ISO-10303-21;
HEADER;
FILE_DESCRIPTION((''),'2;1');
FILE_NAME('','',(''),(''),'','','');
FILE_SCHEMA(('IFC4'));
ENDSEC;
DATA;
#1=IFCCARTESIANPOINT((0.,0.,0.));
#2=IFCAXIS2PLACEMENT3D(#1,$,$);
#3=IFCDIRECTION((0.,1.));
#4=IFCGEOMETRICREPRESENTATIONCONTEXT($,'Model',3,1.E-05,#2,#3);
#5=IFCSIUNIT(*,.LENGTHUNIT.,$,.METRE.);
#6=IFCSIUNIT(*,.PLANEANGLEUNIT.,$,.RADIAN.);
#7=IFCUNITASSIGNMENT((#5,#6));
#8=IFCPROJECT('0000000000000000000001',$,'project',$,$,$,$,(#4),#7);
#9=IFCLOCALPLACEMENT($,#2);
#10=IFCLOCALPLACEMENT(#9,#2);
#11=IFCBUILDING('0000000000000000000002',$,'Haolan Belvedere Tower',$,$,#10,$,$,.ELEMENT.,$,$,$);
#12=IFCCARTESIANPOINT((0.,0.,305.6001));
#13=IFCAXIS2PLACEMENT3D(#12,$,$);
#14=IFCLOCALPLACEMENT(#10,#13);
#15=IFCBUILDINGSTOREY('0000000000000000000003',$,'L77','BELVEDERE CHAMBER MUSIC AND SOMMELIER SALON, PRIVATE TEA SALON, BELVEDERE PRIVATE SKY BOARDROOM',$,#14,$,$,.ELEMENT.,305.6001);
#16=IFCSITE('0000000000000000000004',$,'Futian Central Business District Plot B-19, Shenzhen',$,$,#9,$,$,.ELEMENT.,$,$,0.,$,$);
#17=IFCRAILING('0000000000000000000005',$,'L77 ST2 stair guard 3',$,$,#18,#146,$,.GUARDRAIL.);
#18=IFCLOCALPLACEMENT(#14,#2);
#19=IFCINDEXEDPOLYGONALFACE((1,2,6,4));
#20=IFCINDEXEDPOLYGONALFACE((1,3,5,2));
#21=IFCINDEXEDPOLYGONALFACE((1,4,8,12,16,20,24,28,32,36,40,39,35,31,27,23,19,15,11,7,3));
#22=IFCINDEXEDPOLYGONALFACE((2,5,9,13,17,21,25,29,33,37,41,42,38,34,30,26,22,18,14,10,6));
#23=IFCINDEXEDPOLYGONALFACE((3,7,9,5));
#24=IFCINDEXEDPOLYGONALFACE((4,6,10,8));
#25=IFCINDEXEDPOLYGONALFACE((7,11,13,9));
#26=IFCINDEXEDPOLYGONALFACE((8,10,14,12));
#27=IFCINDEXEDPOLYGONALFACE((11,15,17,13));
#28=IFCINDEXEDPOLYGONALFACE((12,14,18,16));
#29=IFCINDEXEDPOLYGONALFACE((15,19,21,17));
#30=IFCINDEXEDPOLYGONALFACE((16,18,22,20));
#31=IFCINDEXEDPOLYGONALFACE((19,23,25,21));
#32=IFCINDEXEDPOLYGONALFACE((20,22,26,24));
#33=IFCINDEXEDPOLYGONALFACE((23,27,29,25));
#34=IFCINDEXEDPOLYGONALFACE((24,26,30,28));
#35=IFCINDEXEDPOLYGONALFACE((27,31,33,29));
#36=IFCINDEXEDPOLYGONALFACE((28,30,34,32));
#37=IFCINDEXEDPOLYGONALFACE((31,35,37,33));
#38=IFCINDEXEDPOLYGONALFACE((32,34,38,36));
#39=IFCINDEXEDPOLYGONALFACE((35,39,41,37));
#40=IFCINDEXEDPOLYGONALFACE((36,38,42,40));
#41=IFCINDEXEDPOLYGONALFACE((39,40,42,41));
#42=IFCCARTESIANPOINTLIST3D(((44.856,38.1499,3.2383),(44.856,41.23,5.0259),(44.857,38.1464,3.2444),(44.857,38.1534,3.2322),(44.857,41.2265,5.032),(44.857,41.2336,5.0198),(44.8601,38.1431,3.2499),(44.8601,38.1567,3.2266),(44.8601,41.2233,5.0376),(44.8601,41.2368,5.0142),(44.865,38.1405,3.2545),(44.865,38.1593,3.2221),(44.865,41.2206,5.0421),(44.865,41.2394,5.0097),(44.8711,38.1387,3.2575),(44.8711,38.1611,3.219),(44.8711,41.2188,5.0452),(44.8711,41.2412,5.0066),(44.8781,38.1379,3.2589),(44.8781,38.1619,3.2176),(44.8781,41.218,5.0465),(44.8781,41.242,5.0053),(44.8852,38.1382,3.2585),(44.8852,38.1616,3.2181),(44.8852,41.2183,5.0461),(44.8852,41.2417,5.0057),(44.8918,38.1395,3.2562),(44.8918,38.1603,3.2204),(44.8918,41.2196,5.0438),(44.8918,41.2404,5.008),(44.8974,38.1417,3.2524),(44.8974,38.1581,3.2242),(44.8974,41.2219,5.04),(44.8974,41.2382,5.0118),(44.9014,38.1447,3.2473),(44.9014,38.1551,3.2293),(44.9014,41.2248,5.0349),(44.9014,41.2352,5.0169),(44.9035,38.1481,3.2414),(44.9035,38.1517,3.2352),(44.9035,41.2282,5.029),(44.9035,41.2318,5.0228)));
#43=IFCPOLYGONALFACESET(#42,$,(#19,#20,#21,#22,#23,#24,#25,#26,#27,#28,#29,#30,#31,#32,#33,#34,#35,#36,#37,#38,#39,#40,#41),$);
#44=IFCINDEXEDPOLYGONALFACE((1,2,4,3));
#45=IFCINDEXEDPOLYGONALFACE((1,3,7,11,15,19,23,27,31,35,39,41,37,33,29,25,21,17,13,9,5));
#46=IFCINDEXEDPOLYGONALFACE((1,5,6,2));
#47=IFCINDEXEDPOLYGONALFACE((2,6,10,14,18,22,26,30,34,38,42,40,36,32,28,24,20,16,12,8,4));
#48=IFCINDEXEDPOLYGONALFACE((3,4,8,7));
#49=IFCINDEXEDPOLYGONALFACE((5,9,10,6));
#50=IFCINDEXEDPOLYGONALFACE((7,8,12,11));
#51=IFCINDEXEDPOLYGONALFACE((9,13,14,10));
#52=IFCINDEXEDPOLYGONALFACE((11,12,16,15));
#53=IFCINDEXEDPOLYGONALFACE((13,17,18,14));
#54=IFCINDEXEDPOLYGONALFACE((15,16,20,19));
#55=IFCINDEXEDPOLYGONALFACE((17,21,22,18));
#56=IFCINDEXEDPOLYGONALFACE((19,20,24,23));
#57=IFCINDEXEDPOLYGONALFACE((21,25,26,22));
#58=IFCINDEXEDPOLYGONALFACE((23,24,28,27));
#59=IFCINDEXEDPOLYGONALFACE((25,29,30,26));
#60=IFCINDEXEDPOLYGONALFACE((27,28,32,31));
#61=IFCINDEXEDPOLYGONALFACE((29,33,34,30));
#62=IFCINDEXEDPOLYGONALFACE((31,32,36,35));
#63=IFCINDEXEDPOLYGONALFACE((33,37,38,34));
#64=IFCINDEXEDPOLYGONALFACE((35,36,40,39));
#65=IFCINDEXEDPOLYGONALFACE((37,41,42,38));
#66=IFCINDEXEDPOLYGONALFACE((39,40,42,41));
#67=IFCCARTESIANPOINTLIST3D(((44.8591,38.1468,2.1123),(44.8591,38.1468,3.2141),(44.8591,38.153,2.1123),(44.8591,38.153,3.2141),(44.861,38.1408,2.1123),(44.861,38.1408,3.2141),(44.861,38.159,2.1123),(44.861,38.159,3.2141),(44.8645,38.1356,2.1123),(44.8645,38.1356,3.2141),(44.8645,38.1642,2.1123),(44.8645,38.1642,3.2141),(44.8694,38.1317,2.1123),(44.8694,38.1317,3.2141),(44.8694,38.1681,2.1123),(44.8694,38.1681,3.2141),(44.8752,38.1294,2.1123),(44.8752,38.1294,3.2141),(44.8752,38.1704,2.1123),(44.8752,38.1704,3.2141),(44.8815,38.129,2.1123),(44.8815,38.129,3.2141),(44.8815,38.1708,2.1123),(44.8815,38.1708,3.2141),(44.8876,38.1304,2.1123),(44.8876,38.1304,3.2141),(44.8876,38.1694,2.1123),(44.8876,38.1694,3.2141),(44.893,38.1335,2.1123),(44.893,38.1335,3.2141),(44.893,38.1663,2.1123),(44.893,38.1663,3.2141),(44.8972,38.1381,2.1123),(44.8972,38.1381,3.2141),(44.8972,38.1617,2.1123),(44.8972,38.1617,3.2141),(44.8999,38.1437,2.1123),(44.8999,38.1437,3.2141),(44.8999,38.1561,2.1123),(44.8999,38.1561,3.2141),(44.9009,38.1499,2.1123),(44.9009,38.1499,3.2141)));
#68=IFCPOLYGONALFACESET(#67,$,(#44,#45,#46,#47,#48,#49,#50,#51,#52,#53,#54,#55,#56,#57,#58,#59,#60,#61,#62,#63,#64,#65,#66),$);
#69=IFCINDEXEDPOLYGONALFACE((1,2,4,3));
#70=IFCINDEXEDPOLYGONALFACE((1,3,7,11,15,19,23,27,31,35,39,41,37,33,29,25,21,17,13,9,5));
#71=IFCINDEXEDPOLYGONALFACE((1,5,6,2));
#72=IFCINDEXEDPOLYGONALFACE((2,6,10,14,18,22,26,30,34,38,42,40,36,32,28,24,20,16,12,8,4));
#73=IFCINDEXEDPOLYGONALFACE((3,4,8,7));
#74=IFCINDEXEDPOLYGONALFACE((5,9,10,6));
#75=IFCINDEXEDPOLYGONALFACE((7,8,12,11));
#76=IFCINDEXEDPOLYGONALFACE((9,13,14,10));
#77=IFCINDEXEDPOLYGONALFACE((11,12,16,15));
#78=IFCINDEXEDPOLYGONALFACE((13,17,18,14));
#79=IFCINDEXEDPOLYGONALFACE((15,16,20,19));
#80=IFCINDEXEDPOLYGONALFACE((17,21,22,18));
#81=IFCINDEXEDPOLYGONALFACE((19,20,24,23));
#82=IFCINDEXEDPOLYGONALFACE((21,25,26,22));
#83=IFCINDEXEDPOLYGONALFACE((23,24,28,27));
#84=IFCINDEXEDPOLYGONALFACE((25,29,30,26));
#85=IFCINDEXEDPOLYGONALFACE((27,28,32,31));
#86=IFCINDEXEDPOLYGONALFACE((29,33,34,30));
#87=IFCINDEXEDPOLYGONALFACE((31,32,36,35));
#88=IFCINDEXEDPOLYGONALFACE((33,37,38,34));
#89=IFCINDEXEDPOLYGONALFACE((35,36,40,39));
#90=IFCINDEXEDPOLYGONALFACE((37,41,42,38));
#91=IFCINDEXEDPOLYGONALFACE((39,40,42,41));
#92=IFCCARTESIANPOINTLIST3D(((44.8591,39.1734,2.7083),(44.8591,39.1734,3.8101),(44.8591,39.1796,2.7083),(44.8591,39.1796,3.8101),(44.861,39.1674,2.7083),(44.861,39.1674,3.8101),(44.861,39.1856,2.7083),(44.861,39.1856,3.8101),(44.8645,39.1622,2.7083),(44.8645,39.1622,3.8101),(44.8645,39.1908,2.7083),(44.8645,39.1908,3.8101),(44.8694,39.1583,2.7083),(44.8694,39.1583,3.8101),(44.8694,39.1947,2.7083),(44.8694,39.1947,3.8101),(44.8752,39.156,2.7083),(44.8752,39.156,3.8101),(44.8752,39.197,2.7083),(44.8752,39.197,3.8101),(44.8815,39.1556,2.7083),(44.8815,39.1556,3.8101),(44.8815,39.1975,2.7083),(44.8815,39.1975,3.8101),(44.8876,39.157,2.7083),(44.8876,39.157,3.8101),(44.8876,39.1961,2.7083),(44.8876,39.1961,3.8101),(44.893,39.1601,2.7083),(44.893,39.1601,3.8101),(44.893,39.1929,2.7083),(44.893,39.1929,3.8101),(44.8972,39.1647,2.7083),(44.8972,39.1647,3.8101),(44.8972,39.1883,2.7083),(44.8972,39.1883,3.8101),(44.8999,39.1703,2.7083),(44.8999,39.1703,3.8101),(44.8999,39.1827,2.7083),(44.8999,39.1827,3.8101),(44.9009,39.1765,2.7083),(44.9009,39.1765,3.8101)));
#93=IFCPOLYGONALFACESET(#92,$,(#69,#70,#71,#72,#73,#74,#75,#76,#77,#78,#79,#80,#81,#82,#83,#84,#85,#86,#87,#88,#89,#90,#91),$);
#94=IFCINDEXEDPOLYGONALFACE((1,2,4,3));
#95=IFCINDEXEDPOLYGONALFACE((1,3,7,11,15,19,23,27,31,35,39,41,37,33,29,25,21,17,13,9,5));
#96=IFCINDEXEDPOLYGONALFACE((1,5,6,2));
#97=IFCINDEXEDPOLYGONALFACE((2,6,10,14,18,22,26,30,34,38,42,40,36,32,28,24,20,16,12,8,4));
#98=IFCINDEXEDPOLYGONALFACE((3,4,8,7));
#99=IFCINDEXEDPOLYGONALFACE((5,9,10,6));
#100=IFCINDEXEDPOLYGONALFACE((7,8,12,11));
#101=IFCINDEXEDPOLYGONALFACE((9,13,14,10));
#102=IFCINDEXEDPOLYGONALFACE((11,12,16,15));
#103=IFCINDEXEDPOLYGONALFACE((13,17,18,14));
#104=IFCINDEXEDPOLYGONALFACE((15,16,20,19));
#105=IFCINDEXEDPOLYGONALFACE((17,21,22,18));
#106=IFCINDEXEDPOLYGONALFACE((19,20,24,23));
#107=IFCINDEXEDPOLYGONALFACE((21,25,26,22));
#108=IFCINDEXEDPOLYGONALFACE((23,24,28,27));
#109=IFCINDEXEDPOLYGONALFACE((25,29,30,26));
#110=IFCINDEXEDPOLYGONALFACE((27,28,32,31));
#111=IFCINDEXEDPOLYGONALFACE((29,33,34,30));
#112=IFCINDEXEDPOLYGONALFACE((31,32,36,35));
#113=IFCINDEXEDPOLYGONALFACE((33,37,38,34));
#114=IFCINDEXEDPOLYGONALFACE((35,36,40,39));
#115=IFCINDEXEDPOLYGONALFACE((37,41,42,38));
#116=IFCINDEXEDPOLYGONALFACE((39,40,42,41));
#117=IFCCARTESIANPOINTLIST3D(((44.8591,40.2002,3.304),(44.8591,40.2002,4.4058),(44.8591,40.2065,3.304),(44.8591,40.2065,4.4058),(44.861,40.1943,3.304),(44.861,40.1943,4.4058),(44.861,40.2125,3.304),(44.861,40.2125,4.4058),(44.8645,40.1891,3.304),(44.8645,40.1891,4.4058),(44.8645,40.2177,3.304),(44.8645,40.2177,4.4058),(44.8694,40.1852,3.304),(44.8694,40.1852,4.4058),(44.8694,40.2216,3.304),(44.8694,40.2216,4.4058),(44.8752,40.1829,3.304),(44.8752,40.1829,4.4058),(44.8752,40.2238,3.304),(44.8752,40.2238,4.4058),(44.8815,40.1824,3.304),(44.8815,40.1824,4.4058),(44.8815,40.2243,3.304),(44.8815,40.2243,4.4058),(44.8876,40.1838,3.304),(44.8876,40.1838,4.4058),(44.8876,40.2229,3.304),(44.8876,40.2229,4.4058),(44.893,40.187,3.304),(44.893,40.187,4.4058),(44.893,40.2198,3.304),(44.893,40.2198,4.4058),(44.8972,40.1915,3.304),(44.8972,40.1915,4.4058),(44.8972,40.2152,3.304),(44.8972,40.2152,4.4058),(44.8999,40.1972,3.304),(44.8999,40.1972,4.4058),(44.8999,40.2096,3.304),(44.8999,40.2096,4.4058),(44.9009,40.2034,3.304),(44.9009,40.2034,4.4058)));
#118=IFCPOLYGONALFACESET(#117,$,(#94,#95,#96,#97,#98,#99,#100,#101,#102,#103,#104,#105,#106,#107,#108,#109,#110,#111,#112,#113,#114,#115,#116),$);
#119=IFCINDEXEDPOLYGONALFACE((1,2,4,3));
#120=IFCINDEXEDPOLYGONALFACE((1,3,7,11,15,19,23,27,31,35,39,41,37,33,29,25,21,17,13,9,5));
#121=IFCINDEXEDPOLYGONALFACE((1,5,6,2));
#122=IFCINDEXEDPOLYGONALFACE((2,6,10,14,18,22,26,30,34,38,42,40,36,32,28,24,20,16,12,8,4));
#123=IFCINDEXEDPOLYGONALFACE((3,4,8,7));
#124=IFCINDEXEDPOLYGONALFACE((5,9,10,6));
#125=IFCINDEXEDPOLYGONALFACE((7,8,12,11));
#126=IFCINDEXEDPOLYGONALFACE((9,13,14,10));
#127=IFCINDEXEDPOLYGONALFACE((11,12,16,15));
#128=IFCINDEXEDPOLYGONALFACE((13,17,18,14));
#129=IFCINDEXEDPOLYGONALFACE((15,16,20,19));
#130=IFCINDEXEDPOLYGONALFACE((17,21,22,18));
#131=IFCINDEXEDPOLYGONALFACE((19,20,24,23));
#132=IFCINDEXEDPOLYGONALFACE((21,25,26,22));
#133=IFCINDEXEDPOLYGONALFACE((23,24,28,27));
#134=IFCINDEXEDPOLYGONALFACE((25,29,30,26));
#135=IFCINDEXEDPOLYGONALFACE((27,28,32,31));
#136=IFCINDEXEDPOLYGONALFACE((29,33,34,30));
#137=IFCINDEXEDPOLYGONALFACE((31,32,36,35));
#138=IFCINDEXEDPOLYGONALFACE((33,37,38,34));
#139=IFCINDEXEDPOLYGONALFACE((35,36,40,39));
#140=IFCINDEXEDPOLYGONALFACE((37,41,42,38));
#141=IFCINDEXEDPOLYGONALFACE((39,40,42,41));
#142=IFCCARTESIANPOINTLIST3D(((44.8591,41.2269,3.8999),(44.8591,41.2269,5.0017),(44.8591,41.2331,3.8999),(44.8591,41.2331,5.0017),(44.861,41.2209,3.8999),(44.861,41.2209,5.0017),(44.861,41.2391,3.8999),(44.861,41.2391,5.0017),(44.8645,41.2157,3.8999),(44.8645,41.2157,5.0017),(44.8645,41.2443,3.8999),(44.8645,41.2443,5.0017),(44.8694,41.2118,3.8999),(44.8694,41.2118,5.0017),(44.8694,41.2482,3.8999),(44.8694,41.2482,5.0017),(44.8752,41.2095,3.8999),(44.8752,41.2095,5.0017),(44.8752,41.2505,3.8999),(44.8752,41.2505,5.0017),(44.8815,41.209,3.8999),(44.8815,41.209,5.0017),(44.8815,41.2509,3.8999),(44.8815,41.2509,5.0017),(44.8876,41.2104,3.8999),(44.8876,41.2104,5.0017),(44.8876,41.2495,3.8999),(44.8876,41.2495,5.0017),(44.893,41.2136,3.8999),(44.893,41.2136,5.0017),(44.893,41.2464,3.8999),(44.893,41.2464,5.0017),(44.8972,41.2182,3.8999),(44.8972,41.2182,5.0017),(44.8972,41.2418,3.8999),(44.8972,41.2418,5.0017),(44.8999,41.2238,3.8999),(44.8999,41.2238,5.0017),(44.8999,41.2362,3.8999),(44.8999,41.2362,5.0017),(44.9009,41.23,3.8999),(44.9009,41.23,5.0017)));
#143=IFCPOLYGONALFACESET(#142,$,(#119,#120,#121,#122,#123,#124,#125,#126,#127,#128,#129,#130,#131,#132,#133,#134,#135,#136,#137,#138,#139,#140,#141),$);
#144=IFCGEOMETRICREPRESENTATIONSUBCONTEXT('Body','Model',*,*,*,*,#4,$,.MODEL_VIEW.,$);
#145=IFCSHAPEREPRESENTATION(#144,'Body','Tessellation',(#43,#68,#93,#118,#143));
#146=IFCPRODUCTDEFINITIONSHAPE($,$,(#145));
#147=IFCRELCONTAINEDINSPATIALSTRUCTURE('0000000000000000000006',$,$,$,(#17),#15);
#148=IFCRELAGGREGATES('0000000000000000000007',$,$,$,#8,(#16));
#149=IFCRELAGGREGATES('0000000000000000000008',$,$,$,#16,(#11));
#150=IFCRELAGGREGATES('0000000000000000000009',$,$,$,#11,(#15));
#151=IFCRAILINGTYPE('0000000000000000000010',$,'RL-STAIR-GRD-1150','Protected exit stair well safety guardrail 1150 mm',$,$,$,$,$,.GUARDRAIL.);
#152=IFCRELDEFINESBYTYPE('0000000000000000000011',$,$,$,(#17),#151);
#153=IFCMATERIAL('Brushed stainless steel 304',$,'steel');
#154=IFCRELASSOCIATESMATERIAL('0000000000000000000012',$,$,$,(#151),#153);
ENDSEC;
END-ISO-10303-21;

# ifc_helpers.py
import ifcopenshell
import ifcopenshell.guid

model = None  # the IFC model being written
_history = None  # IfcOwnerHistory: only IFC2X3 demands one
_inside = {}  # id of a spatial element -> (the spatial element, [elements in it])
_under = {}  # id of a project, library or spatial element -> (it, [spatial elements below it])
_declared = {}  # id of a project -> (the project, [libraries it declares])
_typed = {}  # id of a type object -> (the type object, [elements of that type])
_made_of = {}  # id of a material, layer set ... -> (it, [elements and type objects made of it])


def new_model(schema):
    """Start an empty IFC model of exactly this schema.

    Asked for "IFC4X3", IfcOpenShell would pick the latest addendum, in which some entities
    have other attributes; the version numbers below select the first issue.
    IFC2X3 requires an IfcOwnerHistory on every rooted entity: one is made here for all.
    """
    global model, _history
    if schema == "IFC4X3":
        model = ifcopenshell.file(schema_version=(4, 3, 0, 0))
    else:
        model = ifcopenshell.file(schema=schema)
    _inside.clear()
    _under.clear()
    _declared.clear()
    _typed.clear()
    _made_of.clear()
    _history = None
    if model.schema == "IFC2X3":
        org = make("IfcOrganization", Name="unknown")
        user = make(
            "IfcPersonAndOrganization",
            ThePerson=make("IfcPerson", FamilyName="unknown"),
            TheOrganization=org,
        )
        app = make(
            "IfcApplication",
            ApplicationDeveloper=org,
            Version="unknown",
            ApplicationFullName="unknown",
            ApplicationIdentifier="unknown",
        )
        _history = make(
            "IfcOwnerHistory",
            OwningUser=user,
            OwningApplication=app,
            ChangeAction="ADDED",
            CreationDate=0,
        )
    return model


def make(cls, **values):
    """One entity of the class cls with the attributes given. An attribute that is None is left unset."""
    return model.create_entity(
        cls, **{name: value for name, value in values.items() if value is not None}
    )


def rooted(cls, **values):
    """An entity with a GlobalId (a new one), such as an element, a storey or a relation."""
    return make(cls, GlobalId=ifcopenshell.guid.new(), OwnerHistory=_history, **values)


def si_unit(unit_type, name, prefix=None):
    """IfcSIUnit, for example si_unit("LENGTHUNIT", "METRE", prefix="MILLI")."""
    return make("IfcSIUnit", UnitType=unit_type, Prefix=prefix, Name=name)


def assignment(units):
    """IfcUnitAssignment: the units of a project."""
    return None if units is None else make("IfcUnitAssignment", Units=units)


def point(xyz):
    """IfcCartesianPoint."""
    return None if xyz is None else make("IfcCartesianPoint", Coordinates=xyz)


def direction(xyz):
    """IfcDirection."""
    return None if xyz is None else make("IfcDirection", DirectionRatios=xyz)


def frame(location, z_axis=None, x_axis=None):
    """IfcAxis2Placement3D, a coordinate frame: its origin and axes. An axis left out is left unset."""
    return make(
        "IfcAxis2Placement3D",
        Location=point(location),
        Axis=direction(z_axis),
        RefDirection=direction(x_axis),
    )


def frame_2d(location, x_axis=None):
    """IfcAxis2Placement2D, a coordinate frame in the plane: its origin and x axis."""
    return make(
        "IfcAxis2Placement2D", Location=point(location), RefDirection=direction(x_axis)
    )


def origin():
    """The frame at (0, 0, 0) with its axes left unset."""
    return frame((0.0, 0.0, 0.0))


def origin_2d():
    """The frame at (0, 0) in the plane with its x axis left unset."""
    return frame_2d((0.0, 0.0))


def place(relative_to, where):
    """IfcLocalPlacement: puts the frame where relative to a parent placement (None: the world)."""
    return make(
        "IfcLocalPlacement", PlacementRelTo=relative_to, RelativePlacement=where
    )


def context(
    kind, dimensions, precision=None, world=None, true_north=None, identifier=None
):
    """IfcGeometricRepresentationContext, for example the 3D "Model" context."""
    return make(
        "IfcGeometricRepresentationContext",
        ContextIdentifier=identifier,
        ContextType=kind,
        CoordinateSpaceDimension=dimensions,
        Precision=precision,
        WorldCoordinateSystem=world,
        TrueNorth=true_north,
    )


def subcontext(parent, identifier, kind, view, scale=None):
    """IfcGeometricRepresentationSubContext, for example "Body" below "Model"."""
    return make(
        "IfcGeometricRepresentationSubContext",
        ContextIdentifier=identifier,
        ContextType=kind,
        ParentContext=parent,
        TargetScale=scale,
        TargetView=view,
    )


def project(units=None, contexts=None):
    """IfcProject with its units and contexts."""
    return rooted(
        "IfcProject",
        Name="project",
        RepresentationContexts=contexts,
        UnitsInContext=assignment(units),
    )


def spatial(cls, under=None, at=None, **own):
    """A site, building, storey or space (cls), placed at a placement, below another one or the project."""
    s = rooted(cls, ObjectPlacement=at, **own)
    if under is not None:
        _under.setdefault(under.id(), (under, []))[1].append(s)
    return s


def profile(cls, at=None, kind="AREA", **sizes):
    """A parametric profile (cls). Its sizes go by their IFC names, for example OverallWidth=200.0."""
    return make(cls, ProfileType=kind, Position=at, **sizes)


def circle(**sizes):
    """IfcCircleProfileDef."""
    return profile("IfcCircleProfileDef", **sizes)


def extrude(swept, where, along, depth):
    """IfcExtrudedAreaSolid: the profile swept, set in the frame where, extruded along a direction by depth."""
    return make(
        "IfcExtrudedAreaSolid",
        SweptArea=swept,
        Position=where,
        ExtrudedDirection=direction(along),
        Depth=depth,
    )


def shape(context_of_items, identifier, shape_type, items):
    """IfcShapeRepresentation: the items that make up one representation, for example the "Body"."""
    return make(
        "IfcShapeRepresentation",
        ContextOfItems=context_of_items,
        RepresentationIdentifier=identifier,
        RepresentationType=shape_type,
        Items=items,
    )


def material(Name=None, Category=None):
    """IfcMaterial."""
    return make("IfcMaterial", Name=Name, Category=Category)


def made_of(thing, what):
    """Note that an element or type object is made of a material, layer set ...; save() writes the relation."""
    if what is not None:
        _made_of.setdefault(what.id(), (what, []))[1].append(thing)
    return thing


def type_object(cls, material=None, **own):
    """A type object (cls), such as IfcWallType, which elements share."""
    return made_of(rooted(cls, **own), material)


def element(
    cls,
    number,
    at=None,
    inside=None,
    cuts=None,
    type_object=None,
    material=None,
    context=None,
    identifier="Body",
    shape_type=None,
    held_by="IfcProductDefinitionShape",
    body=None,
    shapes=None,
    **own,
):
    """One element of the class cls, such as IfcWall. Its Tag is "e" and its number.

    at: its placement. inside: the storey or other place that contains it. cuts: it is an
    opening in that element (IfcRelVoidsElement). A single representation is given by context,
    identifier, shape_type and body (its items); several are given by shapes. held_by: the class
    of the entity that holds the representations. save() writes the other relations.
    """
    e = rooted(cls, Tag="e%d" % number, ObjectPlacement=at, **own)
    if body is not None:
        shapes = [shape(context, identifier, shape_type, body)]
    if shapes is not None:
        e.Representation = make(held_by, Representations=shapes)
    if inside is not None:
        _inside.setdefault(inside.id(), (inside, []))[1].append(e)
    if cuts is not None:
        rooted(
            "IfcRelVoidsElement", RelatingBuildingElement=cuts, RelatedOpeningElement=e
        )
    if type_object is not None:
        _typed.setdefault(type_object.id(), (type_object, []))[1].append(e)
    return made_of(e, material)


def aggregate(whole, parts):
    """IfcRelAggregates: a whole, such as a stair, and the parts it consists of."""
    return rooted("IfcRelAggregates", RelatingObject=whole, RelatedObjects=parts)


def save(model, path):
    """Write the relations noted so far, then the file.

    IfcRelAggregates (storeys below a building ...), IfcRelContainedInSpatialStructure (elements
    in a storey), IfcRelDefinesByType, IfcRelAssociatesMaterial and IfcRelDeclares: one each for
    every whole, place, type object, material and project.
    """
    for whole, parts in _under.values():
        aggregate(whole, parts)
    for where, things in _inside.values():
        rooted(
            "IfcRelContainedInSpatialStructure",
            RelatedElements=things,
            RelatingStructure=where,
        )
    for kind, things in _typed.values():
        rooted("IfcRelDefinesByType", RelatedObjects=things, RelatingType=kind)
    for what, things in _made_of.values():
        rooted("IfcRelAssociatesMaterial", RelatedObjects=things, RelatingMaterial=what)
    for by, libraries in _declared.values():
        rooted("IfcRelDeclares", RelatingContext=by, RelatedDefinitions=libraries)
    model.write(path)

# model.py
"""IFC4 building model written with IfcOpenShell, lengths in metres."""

from ifc_helpers import new_model, si_unit, direction, frame, origin, origin_2d, place, context, subcontext, project, spatial, circle, extrude, material, type_object, element, save


model = new_model("IFC4")

# Units and contexts
model_context = context("Model", 3, precision=1e-05, world=origin(), true_north=direction((0.0, 1.0)))
body_context = subcontext(model_context, "Body", "Model", "MODEL_VIEW")
ifc_project = project(units=[si_unit("LENGTHUNIT", "METRE"), si_unit("PLANEANGLEUNIT", "RADIAN")], contexts=[model_context])

# Site, building, storey
site_placement = place(None, origin())
site = spatial("IfcSite", under=ifc_project, at=site_placement, Name="Futian Central Business District Plot B-19, Shenzhen", CompositionType="ELEMENT", RefElevation=0.0)
building_placement = place(site_placement, origin())
building = spatial("IfcBuilding", under=site, at=building_placement, Name="Haolan Belvedere Tower", CompositionType="ELEMENT")
storey_placement = place(building_placement, frame((0.0, 0.0, 305.6001)))
storey = spatial("IfcBuildingStorey", under=building, at=storey_placement, Name="L77", Description="BELVEDERE CHAMBER MUSIC AND SOMMELIER SALON, PRIVATE TEA SALON, BELVEDERE PRIVATE SKY BOARDROOM", CompositionType="ELEMENT", Elevation=305.6001)

# Railing
ifc_material_1 = material(Name="Brushed stainless steel 304", Category="steel")
railing_type_1 = type_object("IfcRailingType", Name="RL-STAIR-GRD-1150", Description="Protected exit stair well safety guardrail 1150 mm", PredefinedType="GUARDRAIL", material=ifc_material_1)
railing_1_placement = place(storey_placement, frame((44.8799, 38.1499, 2.1123)))
element("IfcRailing", 1, at=railing_1_placement, inside=storey, type_object=railing_type_1, Name="L77 ST2 stair guard 3", PredefinedType="GUARDRAIL", context=body_context, shape_type="SweptSolid", body=[
    extrude(circle(Radius=0.0239, at=origin_2d()), frame((0.0, 0.0, 1.126), z_axis=(0.0, 0.864891, 0.50196), x_axis=(-1.0, 0.0, 0.0)), (0.0, 0.0, 1.0), 3.5613),
    extrude(circle(Radius=0.021, at=origin_2d()), origin(), (0.0, 0.0, 1.0), 1.1018),
    extrude(circle(Radius=0.021, at=origin_2d()), frame((0.0, 1.0266, 0.5959)), (0.0, 0.0, 1.0), 1.1018),
    extrude(circle(Radius=0.021, at=origin_2d()), frame((0.0, 2.0535, 1.1917)), (0.0, 0.0, 1.0), 1.1018),
    extrude(circle(Radius=0.021, at=origin_2d()), frame((0.0, 3.0801, 1.7876)), (0.0, 0.0, 1.0), 1.1018),
])

save(model, "model.ifc")
